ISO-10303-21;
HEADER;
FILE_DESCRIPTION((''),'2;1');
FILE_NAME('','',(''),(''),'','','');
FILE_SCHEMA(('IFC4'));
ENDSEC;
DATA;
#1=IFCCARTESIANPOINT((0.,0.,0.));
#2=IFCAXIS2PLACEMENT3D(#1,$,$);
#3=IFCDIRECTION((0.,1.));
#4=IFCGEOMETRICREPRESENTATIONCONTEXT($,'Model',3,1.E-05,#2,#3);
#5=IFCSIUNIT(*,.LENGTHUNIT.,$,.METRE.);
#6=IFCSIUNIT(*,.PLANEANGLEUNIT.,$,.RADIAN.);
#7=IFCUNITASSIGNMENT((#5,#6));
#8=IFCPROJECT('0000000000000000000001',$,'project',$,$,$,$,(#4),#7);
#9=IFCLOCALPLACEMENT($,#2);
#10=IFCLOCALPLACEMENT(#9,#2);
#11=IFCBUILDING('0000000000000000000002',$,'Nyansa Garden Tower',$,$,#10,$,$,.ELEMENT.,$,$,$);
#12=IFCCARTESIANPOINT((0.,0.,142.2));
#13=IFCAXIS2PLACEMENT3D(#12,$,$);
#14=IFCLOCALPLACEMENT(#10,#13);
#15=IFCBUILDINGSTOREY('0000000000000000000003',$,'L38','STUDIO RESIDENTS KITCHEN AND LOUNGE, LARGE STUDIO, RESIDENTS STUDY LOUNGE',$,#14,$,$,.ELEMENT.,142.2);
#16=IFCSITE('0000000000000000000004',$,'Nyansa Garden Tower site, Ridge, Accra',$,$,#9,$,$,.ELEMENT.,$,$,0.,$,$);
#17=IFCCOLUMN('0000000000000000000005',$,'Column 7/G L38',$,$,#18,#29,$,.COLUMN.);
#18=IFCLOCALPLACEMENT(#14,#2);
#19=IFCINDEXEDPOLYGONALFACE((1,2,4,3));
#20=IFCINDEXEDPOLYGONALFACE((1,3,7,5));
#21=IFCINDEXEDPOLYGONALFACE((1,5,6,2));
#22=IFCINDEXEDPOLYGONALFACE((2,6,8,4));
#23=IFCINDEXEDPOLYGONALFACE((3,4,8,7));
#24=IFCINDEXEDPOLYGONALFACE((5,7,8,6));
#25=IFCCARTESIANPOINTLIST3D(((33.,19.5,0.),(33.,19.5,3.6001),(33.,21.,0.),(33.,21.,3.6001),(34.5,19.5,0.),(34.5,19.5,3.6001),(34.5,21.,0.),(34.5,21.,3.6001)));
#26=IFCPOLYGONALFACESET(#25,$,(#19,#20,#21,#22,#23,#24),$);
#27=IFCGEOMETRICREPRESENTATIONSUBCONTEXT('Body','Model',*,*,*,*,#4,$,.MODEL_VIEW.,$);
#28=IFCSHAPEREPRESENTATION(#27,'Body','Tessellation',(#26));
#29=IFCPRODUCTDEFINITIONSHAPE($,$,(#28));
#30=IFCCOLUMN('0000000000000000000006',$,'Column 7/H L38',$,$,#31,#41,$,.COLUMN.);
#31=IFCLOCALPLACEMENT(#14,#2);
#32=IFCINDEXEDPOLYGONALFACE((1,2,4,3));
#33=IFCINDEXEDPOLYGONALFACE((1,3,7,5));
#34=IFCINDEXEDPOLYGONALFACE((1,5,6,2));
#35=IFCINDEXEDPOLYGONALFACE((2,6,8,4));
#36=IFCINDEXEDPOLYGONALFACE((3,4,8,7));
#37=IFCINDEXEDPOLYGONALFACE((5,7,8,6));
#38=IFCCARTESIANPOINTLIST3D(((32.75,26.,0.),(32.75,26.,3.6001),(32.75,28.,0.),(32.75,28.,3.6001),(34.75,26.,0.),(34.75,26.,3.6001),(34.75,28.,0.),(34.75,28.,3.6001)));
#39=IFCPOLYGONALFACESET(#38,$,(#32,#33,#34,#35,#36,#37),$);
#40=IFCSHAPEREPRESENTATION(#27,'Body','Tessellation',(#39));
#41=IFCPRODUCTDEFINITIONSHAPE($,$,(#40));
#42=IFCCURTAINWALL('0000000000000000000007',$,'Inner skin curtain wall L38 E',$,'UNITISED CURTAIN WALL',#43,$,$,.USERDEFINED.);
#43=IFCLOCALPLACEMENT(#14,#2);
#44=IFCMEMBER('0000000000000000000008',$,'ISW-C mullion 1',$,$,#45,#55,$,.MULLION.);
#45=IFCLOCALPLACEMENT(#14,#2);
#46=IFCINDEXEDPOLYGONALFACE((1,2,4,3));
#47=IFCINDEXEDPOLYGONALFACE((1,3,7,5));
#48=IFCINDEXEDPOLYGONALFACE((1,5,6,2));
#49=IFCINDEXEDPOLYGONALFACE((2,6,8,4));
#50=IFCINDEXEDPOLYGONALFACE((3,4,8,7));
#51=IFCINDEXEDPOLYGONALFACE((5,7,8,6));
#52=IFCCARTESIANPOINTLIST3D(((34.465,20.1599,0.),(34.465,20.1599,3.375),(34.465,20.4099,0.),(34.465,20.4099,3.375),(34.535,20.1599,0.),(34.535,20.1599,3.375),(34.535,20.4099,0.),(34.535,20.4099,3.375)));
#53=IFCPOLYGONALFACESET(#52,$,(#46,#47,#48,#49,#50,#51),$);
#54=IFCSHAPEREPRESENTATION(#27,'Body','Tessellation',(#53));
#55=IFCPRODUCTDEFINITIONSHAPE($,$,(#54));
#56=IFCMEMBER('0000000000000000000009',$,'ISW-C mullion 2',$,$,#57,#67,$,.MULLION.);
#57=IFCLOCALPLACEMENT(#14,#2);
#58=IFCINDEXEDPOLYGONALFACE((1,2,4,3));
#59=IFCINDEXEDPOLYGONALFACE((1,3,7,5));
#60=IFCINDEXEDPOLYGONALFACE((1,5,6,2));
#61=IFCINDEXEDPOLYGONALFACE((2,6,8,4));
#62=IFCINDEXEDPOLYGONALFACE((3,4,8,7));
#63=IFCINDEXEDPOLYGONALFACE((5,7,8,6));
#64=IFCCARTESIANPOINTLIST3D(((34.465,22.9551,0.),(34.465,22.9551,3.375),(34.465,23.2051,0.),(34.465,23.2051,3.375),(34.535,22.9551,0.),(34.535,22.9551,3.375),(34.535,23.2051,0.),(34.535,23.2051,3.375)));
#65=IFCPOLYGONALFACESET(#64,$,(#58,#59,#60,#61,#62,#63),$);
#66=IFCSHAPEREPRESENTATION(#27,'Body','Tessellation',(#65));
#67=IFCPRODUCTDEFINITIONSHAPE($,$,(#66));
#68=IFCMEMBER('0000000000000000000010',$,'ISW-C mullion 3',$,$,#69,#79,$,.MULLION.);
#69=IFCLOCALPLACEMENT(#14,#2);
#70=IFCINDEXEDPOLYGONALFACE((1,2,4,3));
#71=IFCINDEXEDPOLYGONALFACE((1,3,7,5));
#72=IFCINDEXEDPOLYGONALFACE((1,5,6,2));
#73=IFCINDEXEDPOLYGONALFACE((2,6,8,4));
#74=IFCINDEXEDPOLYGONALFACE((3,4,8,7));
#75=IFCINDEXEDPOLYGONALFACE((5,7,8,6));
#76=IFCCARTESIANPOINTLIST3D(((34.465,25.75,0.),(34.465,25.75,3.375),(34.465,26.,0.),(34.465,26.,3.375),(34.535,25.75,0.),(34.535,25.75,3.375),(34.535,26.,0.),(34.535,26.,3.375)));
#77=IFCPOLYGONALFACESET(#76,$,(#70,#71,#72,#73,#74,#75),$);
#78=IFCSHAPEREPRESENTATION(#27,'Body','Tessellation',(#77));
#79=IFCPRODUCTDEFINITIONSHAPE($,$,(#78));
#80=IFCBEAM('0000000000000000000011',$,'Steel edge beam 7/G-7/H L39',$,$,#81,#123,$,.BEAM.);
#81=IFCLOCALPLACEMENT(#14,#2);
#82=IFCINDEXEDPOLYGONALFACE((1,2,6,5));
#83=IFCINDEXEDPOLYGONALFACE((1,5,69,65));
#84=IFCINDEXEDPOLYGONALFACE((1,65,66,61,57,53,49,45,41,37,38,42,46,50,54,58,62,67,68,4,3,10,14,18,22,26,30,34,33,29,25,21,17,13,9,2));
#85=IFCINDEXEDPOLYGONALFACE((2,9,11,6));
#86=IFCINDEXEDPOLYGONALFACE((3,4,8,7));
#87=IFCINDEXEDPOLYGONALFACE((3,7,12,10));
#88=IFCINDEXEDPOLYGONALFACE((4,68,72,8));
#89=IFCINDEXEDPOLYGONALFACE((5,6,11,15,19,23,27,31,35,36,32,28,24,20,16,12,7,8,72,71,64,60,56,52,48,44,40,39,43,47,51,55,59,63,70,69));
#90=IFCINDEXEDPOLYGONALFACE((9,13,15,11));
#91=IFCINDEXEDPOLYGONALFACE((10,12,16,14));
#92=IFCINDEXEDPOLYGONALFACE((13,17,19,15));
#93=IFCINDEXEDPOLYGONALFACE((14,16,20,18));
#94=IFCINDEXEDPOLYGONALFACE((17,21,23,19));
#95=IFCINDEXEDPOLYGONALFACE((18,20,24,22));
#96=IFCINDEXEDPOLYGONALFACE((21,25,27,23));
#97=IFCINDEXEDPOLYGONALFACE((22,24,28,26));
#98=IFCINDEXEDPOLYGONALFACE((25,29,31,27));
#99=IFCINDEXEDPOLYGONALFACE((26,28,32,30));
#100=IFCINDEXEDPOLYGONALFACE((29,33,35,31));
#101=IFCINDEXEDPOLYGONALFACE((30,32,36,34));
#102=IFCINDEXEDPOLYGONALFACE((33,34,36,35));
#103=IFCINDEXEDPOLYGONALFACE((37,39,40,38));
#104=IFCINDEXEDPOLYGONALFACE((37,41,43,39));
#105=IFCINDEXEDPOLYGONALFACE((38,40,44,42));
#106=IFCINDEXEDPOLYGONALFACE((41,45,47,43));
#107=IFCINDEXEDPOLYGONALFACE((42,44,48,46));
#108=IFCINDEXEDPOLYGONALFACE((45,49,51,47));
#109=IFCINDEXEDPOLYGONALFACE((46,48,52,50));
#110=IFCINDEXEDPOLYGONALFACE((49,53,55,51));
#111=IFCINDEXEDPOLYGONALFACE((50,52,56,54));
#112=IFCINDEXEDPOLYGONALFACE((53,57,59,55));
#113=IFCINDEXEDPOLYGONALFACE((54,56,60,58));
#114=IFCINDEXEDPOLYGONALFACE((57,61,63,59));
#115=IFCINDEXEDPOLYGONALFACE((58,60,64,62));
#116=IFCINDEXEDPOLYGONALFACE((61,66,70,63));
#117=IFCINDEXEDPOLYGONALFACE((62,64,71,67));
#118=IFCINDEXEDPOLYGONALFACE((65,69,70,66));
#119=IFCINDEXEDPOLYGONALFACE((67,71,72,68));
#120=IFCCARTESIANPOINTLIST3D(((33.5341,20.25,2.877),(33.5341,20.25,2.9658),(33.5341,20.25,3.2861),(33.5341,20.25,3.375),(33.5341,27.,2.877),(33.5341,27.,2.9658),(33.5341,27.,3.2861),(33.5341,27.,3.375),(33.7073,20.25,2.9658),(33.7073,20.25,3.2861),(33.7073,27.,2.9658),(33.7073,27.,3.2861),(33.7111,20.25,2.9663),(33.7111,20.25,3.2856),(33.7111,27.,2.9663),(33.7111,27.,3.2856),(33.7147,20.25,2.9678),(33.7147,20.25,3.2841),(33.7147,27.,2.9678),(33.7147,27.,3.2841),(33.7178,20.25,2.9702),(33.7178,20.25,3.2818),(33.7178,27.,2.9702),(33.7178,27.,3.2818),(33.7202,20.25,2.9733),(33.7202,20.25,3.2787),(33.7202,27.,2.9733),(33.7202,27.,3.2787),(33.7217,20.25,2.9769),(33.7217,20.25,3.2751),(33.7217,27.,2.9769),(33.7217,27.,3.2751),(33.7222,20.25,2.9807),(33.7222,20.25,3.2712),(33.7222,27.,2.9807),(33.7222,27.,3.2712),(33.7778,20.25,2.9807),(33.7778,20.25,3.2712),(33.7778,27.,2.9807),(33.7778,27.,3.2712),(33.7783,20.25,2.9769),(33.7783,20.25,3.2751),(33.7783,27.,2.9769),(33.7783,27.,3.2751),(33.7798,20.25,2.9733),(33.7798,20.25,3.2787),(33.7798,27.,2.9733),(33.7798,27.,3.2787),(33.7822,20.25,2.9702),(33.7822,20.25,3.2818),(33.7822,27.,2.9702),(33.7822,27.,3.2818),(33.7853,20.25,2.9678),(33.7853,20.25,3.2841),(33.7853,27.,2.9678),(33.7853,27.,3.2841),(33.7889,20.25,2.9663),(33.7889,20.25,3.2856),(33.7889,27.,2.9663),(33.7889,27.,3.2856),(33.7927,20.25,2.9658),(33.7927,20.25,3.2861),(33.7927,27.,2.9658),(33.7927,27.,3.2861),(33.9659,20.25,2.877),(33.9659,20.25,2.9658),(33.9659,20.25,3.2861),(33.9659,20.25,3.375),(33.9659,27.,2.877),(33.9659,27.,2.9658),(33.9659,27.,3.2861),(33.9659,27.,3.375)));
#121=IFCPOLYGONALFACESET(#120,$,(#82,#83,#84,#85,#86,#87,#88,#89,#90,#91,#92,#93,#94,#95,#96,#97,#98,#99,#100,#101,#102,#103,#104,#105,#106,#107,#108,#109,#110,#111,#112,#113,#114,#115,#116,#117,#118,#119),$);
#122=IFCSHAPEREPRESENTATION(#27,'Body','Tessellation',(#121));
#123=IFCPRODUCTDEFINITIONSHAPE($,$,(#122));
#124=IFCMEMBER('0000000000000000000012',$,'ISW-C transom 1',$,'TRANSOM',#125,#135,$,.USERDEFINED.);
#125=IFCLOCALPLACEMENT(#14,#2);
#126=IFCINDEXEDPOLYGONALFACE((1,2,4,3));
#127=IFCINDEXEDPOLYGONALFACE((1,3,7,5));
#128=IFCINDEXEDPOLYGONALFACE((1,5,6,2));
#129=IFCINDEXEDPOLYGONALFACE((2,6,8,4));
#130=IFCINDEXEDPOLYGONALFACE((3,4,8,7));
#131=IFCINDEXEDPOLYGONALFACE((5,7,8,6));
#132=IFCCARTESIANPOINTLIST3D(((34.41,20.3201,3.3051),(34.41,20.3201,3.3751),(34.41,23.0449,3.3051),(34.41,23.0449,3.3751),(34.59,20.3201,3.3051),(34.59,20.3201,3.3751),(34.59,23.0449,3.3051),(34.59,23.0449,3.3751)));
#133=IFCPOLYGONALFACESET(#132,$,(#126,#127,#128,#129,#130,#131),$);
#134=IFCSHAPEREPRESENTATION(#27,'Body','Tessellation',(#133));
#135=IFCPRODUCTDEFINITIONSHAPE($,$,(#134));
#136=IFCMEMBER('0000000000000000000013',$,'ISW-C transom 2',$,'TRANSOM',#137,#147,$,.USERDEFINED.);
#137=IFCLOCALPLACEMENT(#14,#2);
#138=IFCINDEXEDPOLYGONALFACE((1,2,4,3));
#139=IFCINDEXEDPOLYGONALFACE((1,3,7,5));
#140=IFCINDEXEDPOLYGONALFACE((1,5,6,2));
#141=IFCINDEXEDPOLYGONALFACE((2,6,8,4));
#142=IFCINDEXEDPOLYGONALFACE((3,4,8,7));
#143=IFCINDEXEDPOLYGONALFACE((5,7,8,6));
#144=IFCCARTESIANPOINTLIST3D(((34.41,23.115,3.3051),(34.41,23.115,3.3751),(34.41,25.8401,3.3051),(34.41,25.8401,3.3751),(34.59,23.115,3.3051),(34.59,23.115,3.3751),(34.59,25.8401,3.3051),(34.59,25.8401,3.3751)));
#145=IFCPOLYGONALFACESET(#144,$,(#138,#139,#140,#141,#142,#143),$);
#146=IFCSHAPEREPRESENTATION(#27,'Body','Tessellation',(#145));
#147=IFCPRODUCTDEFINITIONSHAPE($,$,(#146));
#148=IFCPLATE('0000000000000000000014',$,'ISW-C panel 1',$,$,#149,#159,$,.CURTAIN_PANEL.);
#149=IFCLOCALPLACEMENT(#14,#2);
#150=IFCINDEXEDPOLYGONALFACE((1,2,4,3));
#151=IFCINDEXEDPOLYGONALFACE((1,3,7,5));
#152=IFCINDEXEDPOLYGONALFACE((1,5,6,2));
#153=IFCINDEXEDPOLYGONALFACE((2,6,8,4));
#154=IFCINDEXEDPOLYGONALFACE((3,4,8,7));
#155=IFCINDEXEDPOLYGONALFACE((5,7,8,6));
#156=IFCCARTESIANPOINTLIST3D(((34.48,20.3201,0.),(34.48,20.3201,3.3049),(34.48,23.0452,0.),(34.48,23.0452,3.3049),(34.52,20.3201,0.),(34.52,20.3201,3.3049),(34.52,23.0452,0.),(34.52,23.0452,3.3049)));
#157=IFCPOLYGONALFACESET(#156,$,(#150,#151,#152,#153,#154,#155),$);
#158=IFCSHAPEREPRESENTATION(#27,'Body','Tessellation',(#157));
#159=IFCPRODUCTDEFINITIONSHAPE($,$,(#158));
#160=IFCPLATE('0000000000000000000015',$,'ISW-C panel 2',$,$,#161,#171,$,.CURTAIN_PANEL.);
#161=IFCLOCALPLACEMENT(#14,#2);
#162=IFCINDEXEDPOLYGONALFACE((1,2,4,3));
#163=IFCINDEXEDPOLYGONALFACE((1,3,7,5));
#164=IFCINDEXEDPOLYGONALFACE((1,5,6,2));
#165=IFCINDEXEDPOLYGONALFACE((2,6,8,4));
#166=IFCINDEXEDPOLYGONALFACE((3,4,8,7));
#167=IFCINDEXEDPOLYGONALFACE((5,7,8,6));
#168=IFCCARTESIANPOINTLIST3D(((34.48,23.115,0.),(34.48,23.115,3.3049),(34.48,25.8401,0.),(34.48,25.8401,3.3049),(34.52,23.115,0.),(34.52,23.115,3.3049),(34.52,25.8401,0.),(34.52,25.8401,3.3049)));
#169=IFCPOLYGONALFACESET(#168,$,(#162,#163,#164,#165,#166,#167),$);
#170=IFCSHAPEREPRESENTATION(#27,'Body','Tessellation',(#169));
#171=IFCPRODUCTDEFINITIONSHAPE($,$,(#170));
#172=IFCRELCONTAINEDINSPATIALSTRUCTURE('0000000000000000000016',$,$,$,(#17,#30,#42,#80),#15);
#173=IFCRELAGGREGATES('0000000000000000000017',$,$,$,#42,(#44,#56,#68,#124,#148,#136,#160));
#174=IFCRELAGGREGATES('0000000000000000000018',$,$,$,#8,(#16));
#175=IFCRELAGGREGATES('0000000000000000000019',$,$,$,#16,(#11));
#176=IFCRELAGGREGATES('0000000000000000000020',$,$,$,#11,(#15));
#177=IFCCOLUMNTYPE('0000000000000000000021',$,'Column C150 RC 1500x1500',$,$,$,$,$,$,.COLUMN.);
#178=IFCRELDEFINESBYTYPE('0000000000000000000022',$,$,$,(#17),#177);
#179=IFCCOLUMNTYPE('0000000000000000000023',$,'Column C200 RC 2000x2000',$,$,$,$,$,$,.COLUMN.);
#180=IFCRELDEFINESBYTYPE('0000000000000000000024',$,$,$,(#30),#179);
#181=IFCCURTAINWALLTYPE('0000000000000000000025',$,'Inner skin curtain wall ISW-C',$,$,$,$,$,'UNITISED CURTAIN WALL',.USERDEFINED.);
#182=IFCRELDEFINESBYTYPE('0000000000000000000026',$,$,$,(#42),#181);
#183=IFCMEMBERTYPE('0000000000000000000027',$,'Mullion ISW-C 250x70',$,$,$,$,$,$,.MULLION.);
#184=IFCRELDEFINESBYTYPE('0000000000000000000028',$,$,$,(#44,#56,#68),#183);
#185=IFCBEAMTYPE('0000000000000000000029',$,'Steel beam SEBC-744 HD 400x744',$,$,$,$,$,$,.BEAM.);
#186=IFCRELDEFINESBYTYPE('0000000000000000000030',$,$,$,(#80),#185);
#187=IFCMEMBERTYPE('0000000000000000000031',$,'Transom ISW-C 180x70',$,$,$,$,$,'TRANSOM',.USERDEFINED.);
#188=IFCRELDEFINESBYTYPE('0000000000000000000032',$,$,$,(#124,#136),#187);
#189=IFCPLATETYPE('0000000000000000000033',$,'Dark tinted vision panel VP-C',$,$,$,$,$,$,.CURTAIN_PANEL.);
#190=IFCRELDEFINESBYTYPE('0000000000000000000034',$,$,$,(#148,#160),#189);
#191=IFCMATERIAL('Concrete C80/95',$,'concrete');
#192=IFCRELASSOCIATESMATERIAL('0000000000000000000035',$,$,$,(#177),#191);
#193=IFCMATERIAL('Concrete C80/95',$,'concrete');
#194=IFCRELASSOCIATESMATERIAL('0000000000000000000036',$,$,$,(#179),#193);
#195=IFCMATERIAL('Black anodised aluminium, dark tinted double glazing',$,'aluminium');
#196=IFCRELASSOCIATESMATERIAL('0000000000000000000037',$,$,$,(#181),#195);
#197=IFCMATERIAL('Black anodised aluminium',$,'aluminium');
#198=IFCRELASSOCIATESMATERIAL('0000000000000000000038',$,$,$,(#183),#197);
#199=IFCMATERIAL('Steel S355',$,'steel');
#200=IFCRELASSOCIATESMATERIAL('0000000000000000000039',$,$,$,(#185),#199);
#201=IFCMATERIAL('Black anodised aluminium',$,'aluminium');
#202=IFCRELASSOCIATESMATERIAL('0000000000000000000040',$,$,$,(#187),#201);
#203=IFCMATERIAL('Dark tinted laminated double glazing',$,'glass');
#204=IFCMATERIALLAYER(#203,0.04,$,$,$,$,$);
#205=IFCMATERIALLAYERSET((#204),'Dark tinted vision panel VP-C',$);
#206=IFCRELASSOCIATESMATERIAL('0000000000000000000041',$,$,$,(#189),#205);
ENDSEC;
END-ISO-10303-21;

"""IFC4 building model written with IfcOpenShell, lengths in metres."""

from ifc_helpers import new_model, si_unit, direction, frame, origin, origin_2d, place, context, subcontext, project, spatial, rectangle, i_section, extrude, material, layer, layer_set, material_profile, profile_set, type_object, element, aggregate, save


model = new_model("IFC4")

# Units and contexts
model_context = context("Model", 3, precision=1e-05, world=origin(), true_north=direction((0.0, 1.0)))
body_context = subcontext(model_context, "Body", "Model", "MODEL_VIEW")
ifc_project = project(units=[si_unit("LENGTHUNIT", "METRE"), si_unit("PLANEANGLEUNIT", "RADIAN")], contexts=[model_context])

# Site, building, storey
site_placement = place(None, origin())
site = spatial("IfcSite", under=ifc_project, at=site_placement, Name="Nyansa Garden Tower site, Ridge, Accra", CompositionType="ELEMENT", RefElevation=0.0)
building_placement = place(site_placement, origin())
building = spatial("IfcBuilding", under=site, at=building_placement, Name="Nyansa Garden Tower", CompositionType="ELEMENT")
storey_placement = place(building_placement, frame((0.0, 0.0, 142.2)))
storey = spatial("IfcBuildingStorey", under=building, at=storey_placement, Name="L38", Description="STUDIO RESIDENTS KITCHEN AND LOUNGE, LARGE STUDIO, RESIDENTS STUDY LOUNGE", CompositionType="ELEMENT", Elevation=142.2)

# Columns
ifc_material_1 = material(Name="Concrete C80/95", Category="concrete")
ifc_material_profile_1 = material_profile(ifc_material_1, rectangle(XDim=1.5, YDim=1.5, at=origin_2d()), Name="RC 1500x1500")
ifc_profile_set_1 = profile_set([ifc_material_profile_1], Name="Concrete C80/95")
column_type_1 = type_object("IfcColumnType", Name="Column C150 RC 1500x1500", PredefinedType="COLUMN", material=ifc_profile_set_1)
column_1_placement = place(storey_placement, frame((33.75, 20.25, 0.0), z_axis=(0.0, 0.0, 1.0), x_axis=(1.0, 0.0, 0.0)))
element("IfcColumn", 1, at=column_1_placement, inside=storey, type_object=column_type_1, Name="Column 7/G L38", PredefinedType="COLUMN", context=body_context, shape_type="SweptSolid", body=[
    extrude(rectangle(XDim=1.5, YDim=1.5, at=origin_2d()), origin(), (0.0, 0.0, 1.0), 3.6001),
])
ifc_material_2 = material(Name="Concrete C80/95", Category="concrete")
ifc_material_profile_2 = material_profile(ifc_material_2, rectangle(XDim=2.0, YDim=2.0, at=origin_2d()), Name="RC 2000x2000")
ifc_profile_set_2 = profile_set([ifc_material_profile_2], Name="Concrete C80/95")
column_type_2 = type_object("IfcColumnType", Name="Column C200 RC 2000x2000", PredefinedType="COLUMN", material=ifc_profile_set_2)
column_2_placement = place(storey_placement, frame((33.75, 27.0, 0.0), z_axis=(0.0, 0.0, 1.0), x_axis=(1.0, 0.0, 0.0)))
element("IfcColumn", 2, at=column_2_placement, inside=storey, type_object=column_type_2, Name="Column 7/H L38", PredefinedType="COLUMN", context=body_context, shape_type="SweptSolid", body=[
    extrude(rectangle(XDim=2.0, YDim=2.0, at=origin_2d()), origin(), (0.0, 0.0, 1.0), 3.6001),
])

# Curtain wall, members
ifc_material_3 = material(Name="Black anodised aluminium, dark tinted double glazing", Category="aluminium")
curtain_wall_type = type_object("IfcCurtainWallType", Name="Inner skin curtain wall ISW-C", ElementType="UNITISED CURTAIN WALL", PredefinedType="USERDEFINED", material=ifc_material_3)
curtain_wall_placement = place(storey_placement, origin())
curtain_wall = element("IfcCurtainWall", 3, at=curtain_wall_placement, inside=storey, type_object=curtain_wall_type, Name="Inner skin curtain wall L38 E", ObjectType="UNITISED CURTAIN WALL", PredefinedType="USERDEFINED")
ifc_material_4 = material(Name="Black anodised aluminium", Category="aluminium")
ifc_material_profile_3 = material_profile(ifc_material_4, rectangle(XDim=0.0701, YDim=0.25, at=origin_2d()), Name="Mullion 250x70")
ifc_profile_set_3 = profile_set([ifc_material_profile_3], Name="Black anodised aluminium")
member_type_1 = type_object("IfcMemberType", Name="Mullion ISW-C 250x70", PredefinedType="MULLION", material=ifc_profile_set_3)
member_1_placement = place(storey_placement, frame((34.5, 20.2849, 0.0), z_axis=(0.0, 0.0, 1.0), x_axis=(-1.0, 0.0, 0.0)))
member_1 = element("IfcMember", 4, at=member_1_placement, type_object=member_type_1, Name="ISW-C mullion 1", PredefinedType="MULLION", context=body_context, shape_type="SweptSolid", body=[
    extrude(rectangle(XDim=0.0701, YDim=0.25, at=origin_2d()), origin(), (0.0, 0.0, 1.0), 3.375),
])
member_2_placement = place(storey_placement, frame((34.5, 23.0801, 0.0), z_axis=(0.0, 0.0, 1.0), x_axis=(-1.0, 0.0, 0.0)))
member_2 = element("IfcMember", 5, at=member_2_placement, type_object=member_type_1, Name="ISW-C mullion 2", PredefinedType="MULLION", context=body_context, shape_type="SweptSolid", body=[
    extrude(rectangle(XDim=0.0701, YDim=0.25, at=origin_2d()), origin(), (0.0, 0.0, 1.0), 3.375),
])
member_3_placement = place(storey_placement, frame((34.5, 25.875, 0.0), z_axis=(0.0, 0.0, 1.0), x_axis=(-1.0, 0.0, 0.0)))
member_3 = element("IfcMember", 6, at=member_3_placement, type_object=member_type_1, Name="ISW-C mullion 3", PredefinedType="MULLION", context=body_context, shape_type="SweptSolid", body=[
    extrude(rectangle(XDim=0.0701, YDim=0.25, at=origin_2d()), origin(), (0.0, 0.0, 1.0), 3.375),
])

# Beam
ifc_material_5 = material(Name="Steel S355", Category="steel")
ifc_material_profile_4 = material_profile(ifc_material_5, i_section(OverallWidth=0.4319, OverallDepth=0.498, WebThickness=0.0557, FlangeThickness=0.0889, FilletRadius=0.0149, at=origin_2d()), Name="HD 400x744")
ifc_profile_set_4 = profile_set([ifc_material_profile_4], Name="Steel S355")
beam_type = type_object("IfcBeamType", Name="Steel beam SEBC-744 HD 400x744", PredefinedType="BEAM", material=ifc_profile_set_4)
beam_placement = place(storey_placement, frame((33.75, 20.25, 3.126), z_axis=(0.0, 1.0, 0.0), x_axis=(-1.0, 0.0, 0.0)))
element("IfcBeam", 7, at=beam_placement, inside=storey, type_object=beam_type, Name="Steel edge beam 7/G-7/H L39", PredefinedType="BEAM", context=body_context, shape_type="SweptSolid", body=[
    extrude(i_section(OverallWidth=0.4319, OverallDepth=0.498, WebThickness=0.0557, FlangeThickness=0.0889, FilletRadius=0.0149, at=origin_2d()), origin(), (0.0, 0.0, 1.0), 6.75),
])

# Members
ifc_material_6 = material(Name="Black anodised aluminium", Category="aluminium")
ifc_material_profile_5 = material_profile(ifc_material_6, rectangle(XDim=0.1799, YDim=0.0701, at=origin_2d()), Name="Transom 180x70")
ifc_profile_set_5 = profile_set([ifc_material_profile_5], Name="Black anodised aluminium")
member_type_2 = type_object("IfcMemberType", Name="Transom ISW-C 180x70", ElementType="TRANSOM", PredefinedType="USERDEFINED", material=ifc_profile_set_5)
member_4_placement = place(storey_placement, frame((34.5, 20.3201, 3.3401), z_axis=(0.0, 1.0, 0.0), x_axis=(-1.0, 0.0, 0.0)))
member_4 = element("IfcMember", 8, at=member_4_placement, type_object=member_type_2, Name="ISW-C transom 1", ObjectType="TRANSOM", PredefinedType="USERDEFINED", context=body_context, shape_type="SweptSolid", body=[
    extrude(rectangle(XDim=0.1799, YDim=0.0701, at=origin_2d()), origin(), (0.0, 0.0, 1.0), 2.7249),
])
member_5_placement = place(storey_placement, frame((34.5, 23.115, 3.3401), z_axis=(0.0, 1.0, 0.0), x_axis=(-1.0, 0.0, 0.0)))
member_5 = element("IfcMember", 9, at=member_5_placement, type_object=member_type_2, Name="ISW-C transom 2", ObjectType="TRANSOM", PredefinedType="USERDEFINED", context=body_context, shape_type="SweptSolid", body=[
    extrude(rectangle(XDim=0.1799, YDim=0.0701, at=origin_2d()), origin(), (0.0, 0.0, 1.0), 2.7251),
])

# Plates
ifc_material_7 = material(Name="Dark tinted laminated double glazing", Category="glass")
ifc_layer_1 = layer(ifc_material_7, 0.04)
ifc_layer_set_1 = layer_set([ifc_layer_1], Name="Dark tinted vision panel VP-C")
plate_type = type_object("IfcPlateType", Name="Dark tinted vision panel VP-C", PredefinedType="CURTAIN_PANEL", material=ifc_layer_set_1)
plate_1_placement = place(storey_placement, frame((34.5, 21.6826, 0.0), z_axis=(0.0, 0.0, 1.0), x_axis=(0.0, 1.0, 0.0)))
plate_1 = element("IfcPlate", 10, at=plate_1_placement, type_object=plate_type, Name="ISW-C panel 1", PredefinedType="CURTAIN_PANEL", context=body_context, shape_type="SweptSolid", body=[
    extrude(rectangle(XDim=2.7251, YDim=0.04, at=origin_2d()), origin(), (0.0, 0.0, 1.0), 3.3049),
])
plate_2_placement = place(storey_placement, frame((34.5, 24.4775, 0.0), z_axis=(0.0, 0.0, 1.0), x_axis=(0.0, 1.0, 0.0)))
plate_2 = element("IfcPlate", 11, at=plate_2_placement, type_object=plate_type, Name="ISW-C panel 2", PredefinedType="CURTAIN_PANEL", context=body_context, shape_type="SweptSolid", body=[
    extrude(rectangle(XDim=2.7251, YDim=0.04, at=origin_2d()), origin(), (0.0, 0.0, 1.0), 3.3049),
])
aggregate(curtain_wall, [member_1, member_2, member_3, member_4, plate_1, member_5, plate_2])

save(model, "model.ifc")
